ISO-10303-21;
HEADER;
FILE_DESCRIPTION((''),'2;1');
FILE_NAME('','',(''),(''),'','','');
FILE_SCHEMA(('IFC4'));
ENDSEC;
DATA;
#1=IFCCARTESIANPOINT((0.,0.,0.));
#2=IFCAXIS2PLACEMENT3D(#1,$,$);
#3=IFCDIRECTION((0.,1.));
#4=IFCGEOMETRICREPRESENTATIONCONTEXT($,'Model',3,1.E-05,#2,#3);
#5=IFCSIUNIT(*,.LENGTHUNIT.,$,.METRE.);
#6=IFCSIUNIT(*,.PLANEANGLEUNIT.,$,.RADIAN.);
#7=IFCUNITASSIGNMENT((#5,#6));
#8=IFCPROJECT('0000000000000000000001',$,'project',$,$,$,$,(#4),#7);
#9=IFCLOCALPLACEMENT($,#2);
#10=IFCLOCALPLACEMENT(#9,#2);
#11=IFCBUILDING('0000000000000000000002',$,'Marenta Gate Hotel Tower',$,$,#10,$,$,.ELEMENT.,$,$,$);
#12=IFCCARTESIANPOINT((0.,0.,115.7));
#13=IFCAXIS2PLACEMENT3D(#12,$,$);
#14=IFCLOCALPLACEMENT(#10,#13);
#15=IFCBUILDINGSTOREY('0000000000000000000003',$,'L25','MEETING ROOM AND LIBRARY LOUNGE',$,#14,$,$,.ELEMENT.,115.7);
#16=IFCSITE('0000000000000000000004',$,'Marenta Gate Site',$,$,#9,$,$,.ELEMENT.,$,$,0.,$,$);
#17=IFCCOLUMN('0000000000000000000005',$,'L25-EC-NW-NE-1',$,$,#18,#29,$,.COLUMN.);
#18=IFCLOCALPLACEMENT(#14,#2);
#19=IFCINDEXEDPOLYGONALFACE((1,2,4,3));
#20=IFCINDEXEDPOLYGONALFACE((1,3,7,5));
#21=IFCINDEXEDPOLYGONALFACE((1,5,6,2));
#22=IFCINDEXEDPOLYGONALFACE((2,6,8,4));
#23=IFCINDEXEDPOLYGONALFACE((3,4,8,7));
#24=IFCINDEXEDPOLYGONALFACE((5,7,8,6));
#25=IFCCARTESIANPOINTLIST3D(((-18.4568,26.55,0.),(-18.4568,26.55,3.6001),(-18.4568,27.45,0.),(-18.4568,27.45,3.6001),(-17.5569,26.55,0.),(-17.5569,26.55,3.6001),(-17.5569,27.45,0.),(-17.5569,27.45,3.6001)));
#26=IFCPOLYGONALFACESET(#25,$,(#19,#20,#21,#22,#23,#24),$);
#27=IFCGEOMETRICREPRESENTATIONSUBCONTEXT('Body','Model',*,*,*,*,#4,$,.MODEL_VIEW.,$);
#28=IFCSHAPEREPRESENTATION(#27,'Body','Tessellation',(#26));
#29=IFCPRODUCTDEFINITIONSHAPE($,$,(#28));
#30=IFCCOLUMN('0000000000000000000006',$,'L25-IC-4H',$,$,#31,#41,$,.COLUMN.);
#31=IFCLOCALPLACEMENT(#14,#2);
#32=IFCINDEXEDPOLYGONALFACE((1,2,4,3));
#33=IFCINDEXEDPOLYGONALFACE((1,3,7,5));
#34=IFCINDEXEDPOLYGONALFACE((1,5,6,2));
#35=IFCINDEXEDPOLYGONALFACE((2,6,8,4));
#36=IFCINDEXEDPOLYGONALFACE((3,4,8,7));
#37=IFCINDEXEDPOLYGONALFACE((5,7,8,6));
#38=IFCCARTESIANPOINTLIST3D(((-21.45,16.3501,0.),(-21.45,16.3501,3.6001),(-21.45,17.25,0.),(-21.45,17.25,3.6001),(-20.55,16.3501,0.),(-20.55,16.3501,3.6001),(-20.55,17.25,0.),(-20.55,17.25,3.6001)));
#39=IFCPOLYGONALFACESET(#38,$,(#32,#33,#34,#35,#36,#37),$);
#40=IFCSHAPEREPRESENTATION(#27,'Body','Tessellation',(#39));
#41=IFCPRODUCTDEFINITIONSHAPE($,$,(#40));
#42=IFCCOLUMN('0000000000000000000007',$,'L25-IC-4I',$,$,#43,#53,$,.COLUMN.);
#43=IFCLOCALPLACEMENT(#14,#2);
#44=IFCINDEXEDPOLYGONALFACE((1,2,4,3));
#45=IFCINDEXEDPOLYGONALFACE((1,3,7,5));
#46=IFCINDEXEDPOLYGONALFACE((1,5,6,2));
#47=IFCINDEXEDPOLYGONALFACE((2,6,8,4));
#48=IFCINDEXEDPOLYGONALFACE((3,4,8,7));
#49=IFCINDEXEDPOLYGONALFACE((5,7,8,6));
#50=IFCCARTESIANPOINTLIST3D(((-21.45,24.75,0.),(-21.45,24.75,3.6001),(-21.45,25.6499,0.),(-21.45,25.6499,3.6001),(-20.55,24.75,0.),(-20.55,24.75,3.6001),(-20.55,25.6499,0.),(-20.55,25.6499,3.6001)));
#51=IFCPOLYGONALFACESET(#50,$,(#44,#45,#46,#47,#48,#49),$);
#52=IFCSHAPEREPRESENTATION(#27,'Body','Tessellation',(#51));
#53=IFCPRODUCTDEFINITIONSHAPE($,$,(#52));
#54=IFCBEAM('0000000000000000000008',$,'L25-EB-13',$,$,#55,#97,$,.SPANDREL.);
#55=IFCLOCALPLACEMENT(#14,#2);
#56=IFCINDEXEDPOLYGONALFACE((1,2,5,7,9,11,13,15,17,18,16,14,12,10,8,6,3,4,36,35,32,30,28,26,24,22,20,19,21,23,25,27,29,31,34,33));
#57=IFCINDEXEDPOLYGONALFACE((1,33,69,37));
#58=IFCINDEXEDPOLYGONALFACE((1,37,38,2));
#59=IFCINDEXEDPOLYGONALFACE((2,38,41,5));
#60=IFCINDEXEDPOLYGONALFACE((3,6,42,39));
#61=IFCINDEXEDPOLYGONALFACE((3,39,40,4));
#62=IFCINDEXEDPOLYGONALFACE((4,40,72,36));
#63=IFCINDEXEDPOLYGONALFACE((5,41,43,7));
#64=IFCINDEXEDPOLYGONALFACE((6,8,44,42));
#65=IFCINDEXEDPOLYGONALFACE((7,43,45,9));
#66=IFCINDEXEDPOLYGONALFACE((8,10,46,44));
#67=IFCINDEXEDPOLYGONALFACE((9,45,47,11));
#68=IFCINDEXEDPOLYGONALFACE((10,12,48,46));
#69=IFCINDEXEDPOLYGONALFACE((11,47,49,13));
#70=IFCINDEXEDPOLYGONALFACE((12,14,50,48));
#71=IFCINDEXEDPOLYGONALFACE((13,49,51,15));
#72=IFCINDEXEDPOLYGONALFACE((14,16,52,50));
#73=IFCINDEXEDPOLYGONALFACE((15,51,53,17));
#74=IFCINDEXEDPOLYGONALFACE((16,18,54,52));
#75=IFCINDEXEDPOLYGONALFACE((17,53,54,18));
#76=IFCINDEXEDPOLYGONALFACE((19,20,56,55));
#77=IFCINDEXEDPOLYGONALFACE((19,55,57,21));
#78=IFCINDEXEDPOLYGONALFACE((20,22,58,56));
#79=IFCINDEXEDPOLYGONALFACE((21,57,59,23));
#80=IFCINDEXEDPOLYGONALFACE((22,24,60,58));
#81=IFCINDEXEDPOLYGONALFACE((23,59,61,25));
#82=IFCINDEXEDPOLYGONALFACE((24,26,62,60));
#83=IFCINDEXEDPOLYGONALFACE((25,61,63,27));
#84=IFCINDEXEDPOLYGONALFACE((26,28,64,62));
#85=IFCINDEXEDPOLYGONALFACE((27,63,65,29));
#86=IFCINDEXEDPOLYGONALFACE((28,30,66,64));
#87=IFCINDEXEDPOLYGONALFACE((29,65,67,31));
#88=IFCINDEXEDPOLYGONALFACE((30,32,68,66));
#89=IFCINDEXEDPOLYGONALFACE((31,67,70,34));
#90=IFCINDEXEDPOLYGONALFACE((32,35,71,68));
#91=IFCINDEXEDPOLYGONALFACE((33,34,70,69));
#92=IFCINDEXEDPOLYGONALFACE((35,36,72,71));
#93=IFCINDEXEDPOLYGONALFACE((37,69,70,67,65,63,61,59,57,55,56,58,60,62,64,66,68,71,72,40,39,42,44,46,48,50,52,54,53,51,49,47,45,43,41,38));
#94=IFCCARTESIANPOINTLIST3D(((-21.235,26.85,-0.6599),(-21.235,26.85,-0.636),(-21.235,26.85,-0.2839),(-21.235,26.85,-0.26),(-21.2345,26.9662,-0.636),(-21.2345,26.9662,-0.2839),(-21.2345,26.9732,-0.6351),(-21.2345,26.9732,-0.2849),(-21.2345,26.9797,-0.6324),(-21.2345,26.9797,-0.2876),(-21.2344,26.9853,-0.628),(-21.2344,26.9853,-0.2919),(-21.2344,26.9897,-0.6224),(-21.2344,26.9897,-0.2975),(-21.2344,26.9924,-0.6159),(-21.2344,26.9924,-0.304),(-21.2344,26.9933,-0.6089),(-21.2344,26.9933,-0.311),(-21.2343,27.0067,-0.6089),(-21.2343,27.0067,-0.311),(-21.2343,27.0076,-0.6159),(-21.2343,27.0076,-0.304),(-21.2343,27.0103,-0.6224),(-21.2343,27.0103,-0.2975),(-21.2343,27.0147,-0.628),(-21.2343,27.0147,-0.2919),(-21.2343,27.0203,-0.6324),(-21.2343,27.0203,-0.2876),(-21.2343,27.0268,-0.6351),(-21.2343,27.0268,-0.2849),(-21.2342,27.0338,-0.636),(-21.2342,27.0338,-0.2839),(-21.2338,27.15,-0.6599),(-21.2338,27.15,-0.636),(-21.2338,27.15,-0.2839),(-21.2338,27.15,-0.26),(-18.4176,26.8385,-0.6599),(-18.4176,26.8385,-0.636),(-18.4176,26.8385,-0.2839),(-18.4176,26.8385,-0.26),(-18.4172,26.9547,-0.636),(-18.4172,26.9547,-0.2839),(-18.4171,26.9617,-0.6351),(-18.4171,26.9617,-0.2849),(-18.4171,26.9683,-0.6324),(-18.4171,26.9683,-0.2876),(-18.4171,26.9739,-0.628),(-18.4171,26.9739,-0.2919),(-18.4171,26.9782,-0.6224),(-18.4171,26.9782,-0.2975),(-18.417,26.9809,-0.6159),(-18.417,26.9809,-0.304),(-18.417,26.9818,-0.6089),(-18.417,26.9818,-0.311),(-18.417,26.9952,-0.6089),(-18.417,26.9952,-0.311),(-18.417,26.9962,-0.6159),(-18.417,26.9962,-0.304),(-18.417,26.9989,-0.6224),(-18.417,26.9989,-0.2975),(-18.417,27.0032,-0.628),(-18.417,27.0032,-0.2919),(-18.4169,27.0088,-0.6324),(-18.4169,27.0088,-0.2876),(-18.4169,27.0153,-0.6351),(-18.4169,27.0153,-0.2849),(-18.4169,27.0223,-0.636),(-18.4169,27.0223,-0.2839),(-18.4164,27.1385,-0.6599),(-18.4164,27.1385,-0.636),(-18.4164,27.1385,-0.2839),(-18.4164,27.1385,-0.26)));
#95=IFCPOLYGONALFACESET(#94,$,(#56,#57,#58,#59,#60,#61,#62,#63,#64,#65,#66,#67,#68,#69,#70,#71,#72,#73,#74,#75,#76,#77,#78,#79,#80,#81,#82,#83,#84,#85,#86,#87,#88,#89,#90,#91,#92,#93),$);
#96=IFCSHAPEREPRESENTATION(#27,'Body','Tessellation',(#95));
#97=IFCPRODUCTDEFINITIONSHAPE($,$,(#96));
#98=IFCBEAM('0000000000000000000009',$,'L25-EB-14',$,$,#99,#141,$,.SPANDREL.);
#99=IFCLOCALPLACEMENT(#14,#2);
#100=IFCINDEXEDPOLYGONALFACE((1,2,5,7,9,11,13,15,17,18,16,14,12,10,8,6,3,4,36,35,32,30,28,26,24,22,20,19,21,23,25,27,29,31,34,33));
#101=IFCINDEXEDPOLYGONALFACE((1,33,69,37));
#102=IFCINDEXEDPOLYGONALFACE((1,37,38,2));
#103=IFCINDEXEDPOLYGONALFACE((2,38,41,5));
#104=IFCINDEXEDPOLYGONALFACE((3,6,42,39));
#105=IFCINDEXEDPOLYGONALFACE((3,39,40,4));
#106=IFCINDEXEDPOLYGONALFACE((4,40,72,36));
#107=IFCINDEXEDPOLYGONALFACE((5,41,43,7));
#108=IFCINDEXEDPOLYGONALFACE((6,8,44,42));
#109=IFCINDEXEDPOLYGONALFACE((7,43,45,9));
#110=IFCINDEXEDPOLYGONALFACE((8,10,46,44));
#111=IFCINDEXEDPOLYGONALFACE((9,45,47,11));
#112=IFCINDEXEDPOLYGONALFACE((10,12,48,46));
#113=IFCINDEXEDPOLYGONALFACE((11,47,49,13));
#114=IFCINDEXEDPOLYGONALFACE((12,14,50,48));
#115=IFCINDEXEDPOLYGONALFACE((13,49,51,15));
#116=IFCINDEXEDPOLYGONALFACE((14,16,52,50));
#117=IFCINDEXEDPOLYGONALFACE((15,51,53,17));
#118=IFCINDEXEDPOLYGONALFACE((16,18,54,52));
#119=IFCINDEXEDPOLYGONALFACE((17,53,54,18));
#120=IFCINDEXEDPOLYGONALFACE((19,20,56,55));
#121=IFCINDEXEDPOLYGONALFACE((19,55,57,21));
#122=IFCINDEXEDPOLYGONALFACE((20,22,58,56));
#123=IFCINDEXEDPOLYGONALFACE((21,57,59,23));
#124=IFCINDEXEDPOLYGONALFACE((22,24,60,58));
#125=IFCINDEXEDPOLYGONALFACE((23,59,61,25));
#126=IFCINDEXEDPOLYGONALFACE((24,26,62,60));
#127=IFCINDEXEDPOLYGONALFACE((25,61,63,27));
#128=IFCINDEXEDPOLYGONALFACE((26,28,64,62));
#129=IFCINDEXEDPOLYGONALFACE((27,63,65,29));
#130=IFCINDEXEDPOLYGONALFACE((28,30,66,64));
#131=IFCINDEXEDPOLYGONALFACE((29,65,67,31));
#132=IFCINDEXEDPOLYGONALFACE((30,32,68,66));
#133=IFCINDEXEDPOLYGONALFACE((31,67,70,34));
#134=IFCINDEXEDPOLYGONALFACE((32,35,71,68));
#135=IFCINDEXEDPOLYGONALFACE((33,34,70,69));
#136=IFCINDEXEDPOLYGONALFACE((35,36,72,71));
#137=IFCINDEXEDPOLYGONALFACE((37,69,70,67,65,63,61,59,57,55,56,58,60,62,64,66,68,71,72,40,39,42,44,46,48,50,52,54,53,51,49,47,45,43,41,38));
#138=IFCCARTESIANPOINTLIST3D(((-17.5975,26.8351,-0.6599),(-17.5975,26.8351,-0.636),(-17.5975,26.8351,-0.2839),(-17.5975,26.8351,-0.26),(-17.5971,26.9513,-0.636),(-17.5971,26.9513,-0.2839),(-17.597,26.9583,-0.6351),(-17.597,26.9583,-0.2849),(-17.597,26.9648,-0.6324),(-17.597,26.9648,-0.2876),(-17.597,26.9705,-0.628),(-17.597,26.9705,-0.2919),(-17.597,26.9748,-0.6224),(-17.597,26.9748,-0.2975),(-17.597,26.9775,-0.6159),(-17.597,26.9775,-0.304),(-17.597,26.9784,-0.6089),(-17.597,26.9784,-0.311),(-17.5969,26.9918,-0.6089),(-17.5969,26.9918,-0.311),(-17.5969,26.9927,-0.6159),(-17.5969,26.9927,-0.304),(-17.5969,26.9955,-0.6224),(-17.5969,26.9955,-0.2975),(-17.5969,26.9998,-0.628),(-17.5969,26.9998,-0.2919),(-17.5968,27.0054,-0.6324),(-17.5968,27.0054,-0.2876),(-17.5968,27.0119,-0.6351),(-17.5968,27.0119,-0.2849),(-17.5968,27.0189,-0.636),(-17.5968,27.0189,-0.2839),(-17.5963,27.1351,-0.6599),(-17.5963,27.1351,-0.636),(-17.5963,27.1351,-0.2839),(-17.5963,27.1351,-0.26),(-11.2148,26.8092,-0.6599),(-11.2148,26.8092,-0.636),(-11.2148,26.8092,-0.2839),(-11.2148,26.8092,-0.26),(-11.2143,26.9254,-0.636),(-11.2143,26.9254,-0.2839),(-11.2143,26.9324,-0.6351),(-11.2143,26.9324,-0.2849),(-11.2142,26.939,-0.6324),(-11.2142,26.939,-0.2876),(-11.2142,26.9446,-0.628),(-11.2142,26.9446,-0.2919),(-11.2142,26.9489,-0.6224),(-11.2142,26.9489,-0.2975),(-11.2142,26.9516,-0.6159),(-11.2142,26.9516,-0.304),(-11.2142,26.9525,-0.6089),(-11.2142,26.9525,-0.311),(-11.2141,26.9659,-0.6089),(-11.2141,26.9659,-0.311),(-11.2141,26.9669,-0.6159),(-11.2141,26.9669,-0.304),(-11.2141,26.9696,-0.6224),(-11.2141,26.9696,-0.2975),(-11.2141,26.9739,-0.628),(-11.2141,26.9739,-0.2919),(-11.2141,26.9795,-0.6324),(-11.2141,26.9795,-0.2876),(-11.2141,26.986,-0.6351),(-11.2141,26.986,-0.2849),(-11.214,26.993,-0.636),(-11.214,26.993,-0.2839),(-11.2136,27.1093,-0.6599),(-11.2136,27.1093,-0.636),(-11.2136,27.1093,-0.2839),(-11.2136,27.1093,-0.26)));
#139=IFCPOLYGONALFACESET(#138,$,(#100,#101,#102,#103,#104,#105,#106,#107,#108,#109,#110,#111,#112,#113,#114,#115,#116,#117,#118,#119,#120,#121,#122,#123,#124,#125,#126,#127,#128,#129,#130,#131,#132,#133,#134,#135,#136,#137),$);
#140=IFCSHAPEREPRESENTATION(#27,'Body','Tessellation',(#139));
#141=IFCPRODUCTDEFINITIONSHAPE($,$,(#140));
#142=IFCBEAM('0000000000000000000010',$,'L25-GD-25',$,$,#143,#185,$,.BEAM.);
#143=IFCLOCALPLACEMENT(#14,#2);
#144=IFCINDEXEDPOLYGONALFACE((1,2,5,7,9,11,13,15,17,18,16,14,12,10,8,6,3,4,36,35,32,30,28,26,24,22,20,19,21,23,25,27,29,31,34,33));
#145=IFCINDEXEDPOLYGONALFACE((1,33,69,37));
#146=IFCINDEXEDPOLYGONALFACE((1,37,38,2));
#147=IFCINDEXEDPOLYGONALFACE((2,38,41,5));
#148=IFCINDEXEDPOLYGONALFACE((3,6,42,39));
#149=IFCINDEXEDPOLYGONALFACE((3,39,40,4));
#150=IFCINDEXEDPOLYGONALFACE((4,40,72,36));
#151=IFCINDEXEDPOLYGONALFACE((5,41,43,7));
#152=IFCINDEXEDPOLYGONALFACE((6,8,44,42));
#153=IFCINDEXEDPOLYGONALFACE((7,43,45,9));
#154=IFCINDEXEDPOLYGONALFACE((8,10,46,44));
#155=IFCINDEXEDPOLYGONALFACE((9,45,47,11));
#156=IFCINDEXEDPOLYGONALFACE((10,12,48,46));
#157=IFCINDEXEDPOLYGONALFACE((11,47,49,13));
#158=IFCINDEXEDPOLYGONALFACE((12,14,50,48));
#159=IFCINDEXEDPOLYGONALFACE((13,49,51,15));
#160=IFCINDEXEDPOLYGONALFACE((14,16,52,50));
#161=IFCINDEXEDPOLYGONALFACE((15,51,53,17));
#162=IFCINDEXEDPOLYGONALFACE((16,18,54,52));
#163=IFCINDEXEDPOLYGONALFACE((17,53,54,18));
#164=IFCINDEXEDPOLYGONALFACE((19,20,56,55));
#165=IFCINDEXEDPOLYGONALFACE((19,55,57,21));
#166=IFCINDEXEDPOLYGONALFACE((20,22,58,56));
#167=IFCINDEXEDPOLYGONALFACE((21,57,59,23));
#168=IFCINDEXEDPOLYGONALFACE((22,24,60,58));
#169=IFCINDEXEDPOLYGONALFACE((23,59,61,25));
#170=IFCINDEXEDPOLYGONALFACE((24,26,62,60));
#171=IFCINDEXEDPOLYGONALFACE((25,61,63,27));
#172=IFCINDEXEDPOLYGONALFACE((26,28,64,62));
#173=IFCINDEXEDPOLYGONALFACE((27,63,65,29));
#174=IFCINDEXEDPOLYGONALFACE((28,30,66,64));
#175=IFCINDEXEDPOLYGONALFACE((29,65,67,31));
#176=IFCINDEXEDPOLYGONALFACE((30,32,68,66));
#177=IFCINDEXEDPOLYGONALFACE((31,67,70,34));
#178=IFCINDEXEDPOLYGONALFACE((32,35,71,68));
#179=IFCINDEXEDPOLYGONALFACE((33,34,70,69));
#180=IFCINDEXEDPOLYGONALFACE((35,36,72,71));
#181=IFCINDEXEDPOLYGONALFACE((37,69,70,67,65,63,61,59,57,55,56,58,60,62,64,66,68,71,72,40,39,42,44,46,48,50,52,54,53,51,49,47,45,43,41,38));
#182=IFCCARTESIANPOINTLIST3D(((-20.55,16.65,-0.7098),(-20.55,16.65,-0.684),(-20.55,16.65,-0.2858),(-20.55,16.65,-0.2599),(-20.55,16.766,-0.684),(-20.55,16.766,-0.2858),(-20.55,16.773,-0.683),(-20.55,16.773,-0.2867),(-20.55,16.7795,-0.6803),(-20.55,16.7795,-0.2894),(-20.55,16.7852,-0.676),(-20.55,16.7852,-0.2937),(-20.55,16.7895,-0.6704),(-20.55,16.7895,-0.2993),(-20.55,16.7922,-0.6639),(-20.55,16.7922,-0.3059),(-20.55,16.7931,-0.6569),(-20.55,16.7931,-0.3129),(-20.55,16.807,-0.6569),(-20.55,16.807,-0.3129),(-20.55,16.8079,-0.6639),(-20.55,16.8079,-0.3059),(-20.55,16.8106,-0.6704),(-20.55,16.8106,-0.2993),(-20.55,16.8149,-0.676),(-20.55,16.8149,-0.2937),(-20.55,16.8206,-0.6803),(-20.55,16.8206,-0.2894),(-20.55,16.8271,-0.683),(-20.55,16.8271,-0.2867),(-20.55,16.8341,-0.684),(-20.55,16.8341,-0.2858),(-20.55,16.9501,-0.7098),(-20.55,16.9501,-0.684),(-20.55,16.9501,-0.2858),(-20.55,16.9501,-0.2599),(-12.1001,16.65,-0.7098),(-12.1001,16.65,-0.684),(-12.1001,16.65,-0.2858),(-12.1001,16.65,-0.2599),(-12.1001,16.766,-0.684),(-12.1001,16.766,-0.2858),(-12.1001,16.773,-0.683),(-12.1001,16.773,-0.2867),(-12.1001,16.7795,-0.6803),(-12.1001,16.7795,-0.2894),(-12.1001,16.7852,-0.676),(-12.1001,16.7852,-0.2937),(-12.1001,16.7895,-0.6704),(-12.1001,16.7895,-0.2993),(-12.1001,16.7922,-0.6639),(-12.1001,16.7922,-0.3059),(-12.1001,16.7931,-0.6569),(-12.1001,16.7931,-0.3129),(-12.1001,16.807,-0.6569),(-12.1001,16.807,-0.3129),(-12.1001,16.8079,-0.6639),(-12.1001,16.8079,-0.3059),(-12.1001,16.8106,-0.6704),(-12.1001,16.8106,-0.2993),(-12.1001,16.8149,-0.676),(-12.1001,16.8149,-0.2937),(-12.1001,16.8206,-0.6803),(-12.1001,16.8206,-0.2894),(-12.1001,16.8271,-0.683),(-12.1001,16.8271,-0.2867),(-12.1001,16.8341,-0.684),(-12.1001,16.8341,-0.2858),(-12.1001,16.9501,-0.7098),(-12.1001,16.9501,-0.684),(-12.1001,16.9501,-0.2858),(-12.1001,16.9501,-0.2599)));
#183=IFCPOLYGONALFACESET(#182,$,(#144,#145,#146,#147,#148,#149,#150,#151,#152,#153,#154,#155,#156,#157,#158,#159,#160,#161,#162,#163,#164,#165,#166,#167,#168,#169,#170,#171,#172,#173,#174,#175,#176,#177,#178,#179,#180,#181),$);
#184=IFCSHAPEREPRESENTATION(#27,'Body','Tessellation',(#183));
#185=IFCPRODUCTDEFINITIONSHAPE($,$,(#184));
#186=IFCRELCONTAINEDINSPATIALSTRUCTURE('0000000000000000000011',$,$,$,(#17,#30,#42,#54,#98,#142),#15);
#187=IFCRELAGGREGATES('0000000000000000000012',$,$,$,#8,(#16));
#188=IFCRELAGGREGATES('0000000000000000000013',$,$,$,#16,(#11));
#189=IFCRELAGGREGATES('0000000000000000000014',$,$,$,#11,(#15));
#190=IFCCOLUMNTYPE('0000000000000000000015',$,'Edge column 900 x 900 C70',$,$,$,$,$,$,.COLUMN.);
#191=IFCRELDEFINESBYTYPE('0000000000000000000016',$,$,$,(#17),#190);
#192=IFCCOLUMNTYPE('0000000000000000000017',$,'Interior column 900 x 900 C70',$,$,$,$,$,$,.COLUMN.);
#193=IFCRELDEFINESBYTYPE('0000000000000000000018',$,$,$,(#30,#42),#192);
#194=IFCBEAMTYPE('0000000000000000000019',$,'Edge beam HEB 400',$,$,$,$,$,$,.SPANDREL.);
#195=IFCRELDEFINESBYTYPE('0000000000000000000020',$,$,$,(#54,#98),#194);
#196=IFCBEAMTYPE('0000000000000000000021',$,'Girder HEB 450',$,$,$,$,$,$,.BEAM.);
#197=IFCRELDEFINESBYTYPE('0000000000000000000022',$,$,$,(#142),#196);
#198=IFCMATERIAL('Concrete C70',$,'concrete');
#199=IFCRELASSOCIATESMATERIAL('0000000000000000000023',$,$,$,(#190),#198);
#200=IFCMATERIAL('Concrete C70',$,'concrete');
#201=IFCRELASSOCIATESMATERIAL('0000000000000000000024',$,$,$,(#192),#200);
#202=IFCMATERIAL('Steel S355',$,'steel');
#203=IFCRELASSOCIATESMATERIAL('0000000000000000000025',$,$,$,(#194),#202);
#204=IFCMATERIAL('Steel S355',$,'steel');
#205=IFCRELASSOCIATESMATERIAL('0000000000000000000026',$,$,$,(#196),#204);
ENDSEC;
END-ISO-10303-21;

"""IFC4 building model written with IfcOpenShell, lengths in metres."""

from ifc_helpers import new_model, si_unit, direction, frame, origin, origin_2d, place, context, subcontext, project, spatial, rectangle, i_section, extrude, material, material_profile, profile_set, type_object, element, save


model = new_model("IFC4")

# Units and contexts
model_context = context("Model", 3, precision=1e-05, world=origin(), true_north=direction((0.0, 1.0)))
body_context = subcontext(model_context, "Body", "Model", "MODEL_VIEW")
ifc_project = project(units=[si_unit("LENGTHUNIT", "METRE"), si_unit("PLANEANGLEUNIT", "RADIAN")], contexts=[model_context])

# Site, building, storey
site_placement = place(None, origin())
site = spatial("IfcSite", under=ifc_project, at=site_placement, Name="Marenta Gate Site", CompositionType="ELEMENT", RefElevation=0.0)
building_placement = place(site_placement, origin())
building = spatial("IfcBuilding", under=site, at=building_placement, Name="Marenta Gate Hotel Tower", CompositionType="ELEMENT")
storey_placement = place(building_placement, frame((0.0, 0.0, 115.7)))
storey = spatial("IfcBuildingStorey", under=building, at=storey_placement, Name="L25", Description="MEETING ROOM AND LIBRARY LOUNGE", CompositionType="ELEMENT", Elevation=115.7)

# Columns
ifc_material_1 = material(Name="Concrete C70", Category="concrete")
ifc_material_profile_1 = material_profile(ifc_material_1, rectangle(XDim=0.8999, YDim=0.8999, at=origin_2d()), Name="900 x 900")
ifc_profile_set_1 = profile_set([ifc_material_profile_1], Name="Concrete C70")
column_type_1 = type_object("IfcColumnType", Name="Edge column 900 x 900 C70", PredefinedType="COLUMN", material=ifc_profile_set_1)
column_placement = place(storey_placement, frame((-18.0068, 27.0, 0.0), z_axis=(0.0, 0.0, 1.0), x_axis=(1.0, 0.0, 0.0)))
element("IfcColumn", 1, at=column_placement, inside=storey, type_object=column_type_1, Name="L25-EC-NW-NE-1", PredefinedType="COLUMN", context=body_context, shape_type="SweptSolid", body=[
    extrude(rectangle(XDim=0.8999, YDim=0.8999, at=origin_2d()), origin(), (0.0, 0.0, 1.0), 3.6001),
])
ifc_material_2 = material(Name="Concrete C70", Category="concrete")
ifc_material_profile_2 = material_profile(ifc_material_2, rectangle(XDim=0.8999, YDim=0.8999, at=origin_2d()), Name="900 x 900")
ifc_profile_set_2 = profile_set([ifc_material_profile_2], Name="Concrete C70")
column_type_2 = type_object("IfcColumnType", Name="Interior column 900 x 900 C70", PredefinedType="COLUMN", material=ifc_profile_set_2)
for number, where, z_axis, x_axis, name in (
    (2, (-21.0, 16.8, 0.0), (0.0, 0.0, 1.0), (1.0, 0.0, 0.0), "L25-IC-4H"),
    (3, (-21.0, 25.2, 0.0), (0.0, 0.0, 1.0), (1.0, 0.0, 0.0), "L25-IC-4I"),
):
    element("IfcColumn", number, at=place(storey_placement, frame(where, z_axis=z_axis, x_axis=x_axis)), inside=storey, type_object=column_type_2, Name=name, PredefinedType="COLUMN", context=body_context, shape_type="SweptSolid", body=[
        extrude(rectangle(XDim=0.8999, YDim=0.8999, at=origin_2d()), origin(), (0.0, 0.0, 1.0), 3.6001),
    ])

# Beams
ifc_material_3 = material(Name="Steel S355", Category="steel")
ifc_material_profile_3 = material_profile(ifc_material_3, i_section(OverallWidth=0.3, OverallDepth=0.3999, WebThickness=0.0134, FlangeThickness=0.0239, FilletRadius=0.0271, at=origin_2d()), Name="HEB 400")
ifc_profile_set_3 = profile_set([ifc_material_profile_3], Name="Steel S355")
beam_type_1 = type_object("IfcBeamType", Name="Edge beam HEB 400", PredefinedType="SPANDREL", material=ifc_profile_set_3)
beam_1_placement = place(storey_placement, frame((-21.2344, 27.0, -0.46), z_axis=(0.999992, -0.004073, 0.0), x_axis=(0.004073, 0.999992, 0.0)))
element("IfcBeam", 4, at=beam_1_placement, inside=storey, type_object=beam_type_1, Name="L25-EB-13", PredefinedType="SPANDREL", context=body_context, shape_type="SweptSolid", body=[
    extrude(i_section(OverallWidth=0.3, OverallDepth=0.3999, WebThickness=0.0134, FlangeThickness=0.0239, FilletRadius=0.0271, at=origin_2d()), origin(), (0.0, 0.0, 1.0), 2.8174),
])
beam_2_placement = place(storey_placement, frame((-17.5969, 26.9851, -0.46), z_axis=(0.999992, -0.004054, 0.0), x_axis=(0.004054, 0.999992, 0.0)))
element("IfcBeam", 5, at=beam_2_placement, inside=storey, type_object=beam_type_1, Name="L25-EB-14", PredefinedType="SPANDREL", context=body_context, shape_type="SweptSolid", body=[
    extrude(i_section(OverallWidth=0.3, OverallDepth=0.3999, WebThickness=0.0134, FlangeThickness=0.0239, FilletRadius=0.0271, at=origin_2d()), origin(), (0.0, 0.0, 1.0), 6.3828),
])
ifc_material_4 = material(Name="Steel S355", Category="steel")
ifc_material_profile_4 = material_profile(ifc_material_4, i_section(OverallWidth=0.3, OverallDepth=0.45, WebThickness=0.0139, FlangeThickness=0.0259, FilletRadius=0.0271, at=origin_2d()), Name="HEB 450")
ifc_profile_set_4 = profile_set([ifc_material_profile_4], Name="Steel S355")
beam_type_2 = type_object("IfcBeamType", Name="Girder HEB 450", PredefinedType="BEAM", material=ifc_profile_set_4)
beam_3_placement = place(storey_placement, frame((-20.55, 16.8, -0.4849), z_axis=(1.0, 0.0, 0.0), x_axis=(0.0, 1.0, 0.0)))
element("IfcBeam", 6, at=beam_3_placement, inside=storey, type_object=beam_type_2, Name="L25-GD-25", PredefinedType="BEAM", context=body_context, shape_type="SweptSolid", body=[
    extrude(i_section(OverallWidth=0.3, OverallDepth=0.45, WebThickness=0.0139, FlangeThickness=0.0259, FilletRadius=0.0271, at=origin_2d()), origin(), (0.0, 0.0, 1.0), 8.45),
])

save(model, "model.ifc")
